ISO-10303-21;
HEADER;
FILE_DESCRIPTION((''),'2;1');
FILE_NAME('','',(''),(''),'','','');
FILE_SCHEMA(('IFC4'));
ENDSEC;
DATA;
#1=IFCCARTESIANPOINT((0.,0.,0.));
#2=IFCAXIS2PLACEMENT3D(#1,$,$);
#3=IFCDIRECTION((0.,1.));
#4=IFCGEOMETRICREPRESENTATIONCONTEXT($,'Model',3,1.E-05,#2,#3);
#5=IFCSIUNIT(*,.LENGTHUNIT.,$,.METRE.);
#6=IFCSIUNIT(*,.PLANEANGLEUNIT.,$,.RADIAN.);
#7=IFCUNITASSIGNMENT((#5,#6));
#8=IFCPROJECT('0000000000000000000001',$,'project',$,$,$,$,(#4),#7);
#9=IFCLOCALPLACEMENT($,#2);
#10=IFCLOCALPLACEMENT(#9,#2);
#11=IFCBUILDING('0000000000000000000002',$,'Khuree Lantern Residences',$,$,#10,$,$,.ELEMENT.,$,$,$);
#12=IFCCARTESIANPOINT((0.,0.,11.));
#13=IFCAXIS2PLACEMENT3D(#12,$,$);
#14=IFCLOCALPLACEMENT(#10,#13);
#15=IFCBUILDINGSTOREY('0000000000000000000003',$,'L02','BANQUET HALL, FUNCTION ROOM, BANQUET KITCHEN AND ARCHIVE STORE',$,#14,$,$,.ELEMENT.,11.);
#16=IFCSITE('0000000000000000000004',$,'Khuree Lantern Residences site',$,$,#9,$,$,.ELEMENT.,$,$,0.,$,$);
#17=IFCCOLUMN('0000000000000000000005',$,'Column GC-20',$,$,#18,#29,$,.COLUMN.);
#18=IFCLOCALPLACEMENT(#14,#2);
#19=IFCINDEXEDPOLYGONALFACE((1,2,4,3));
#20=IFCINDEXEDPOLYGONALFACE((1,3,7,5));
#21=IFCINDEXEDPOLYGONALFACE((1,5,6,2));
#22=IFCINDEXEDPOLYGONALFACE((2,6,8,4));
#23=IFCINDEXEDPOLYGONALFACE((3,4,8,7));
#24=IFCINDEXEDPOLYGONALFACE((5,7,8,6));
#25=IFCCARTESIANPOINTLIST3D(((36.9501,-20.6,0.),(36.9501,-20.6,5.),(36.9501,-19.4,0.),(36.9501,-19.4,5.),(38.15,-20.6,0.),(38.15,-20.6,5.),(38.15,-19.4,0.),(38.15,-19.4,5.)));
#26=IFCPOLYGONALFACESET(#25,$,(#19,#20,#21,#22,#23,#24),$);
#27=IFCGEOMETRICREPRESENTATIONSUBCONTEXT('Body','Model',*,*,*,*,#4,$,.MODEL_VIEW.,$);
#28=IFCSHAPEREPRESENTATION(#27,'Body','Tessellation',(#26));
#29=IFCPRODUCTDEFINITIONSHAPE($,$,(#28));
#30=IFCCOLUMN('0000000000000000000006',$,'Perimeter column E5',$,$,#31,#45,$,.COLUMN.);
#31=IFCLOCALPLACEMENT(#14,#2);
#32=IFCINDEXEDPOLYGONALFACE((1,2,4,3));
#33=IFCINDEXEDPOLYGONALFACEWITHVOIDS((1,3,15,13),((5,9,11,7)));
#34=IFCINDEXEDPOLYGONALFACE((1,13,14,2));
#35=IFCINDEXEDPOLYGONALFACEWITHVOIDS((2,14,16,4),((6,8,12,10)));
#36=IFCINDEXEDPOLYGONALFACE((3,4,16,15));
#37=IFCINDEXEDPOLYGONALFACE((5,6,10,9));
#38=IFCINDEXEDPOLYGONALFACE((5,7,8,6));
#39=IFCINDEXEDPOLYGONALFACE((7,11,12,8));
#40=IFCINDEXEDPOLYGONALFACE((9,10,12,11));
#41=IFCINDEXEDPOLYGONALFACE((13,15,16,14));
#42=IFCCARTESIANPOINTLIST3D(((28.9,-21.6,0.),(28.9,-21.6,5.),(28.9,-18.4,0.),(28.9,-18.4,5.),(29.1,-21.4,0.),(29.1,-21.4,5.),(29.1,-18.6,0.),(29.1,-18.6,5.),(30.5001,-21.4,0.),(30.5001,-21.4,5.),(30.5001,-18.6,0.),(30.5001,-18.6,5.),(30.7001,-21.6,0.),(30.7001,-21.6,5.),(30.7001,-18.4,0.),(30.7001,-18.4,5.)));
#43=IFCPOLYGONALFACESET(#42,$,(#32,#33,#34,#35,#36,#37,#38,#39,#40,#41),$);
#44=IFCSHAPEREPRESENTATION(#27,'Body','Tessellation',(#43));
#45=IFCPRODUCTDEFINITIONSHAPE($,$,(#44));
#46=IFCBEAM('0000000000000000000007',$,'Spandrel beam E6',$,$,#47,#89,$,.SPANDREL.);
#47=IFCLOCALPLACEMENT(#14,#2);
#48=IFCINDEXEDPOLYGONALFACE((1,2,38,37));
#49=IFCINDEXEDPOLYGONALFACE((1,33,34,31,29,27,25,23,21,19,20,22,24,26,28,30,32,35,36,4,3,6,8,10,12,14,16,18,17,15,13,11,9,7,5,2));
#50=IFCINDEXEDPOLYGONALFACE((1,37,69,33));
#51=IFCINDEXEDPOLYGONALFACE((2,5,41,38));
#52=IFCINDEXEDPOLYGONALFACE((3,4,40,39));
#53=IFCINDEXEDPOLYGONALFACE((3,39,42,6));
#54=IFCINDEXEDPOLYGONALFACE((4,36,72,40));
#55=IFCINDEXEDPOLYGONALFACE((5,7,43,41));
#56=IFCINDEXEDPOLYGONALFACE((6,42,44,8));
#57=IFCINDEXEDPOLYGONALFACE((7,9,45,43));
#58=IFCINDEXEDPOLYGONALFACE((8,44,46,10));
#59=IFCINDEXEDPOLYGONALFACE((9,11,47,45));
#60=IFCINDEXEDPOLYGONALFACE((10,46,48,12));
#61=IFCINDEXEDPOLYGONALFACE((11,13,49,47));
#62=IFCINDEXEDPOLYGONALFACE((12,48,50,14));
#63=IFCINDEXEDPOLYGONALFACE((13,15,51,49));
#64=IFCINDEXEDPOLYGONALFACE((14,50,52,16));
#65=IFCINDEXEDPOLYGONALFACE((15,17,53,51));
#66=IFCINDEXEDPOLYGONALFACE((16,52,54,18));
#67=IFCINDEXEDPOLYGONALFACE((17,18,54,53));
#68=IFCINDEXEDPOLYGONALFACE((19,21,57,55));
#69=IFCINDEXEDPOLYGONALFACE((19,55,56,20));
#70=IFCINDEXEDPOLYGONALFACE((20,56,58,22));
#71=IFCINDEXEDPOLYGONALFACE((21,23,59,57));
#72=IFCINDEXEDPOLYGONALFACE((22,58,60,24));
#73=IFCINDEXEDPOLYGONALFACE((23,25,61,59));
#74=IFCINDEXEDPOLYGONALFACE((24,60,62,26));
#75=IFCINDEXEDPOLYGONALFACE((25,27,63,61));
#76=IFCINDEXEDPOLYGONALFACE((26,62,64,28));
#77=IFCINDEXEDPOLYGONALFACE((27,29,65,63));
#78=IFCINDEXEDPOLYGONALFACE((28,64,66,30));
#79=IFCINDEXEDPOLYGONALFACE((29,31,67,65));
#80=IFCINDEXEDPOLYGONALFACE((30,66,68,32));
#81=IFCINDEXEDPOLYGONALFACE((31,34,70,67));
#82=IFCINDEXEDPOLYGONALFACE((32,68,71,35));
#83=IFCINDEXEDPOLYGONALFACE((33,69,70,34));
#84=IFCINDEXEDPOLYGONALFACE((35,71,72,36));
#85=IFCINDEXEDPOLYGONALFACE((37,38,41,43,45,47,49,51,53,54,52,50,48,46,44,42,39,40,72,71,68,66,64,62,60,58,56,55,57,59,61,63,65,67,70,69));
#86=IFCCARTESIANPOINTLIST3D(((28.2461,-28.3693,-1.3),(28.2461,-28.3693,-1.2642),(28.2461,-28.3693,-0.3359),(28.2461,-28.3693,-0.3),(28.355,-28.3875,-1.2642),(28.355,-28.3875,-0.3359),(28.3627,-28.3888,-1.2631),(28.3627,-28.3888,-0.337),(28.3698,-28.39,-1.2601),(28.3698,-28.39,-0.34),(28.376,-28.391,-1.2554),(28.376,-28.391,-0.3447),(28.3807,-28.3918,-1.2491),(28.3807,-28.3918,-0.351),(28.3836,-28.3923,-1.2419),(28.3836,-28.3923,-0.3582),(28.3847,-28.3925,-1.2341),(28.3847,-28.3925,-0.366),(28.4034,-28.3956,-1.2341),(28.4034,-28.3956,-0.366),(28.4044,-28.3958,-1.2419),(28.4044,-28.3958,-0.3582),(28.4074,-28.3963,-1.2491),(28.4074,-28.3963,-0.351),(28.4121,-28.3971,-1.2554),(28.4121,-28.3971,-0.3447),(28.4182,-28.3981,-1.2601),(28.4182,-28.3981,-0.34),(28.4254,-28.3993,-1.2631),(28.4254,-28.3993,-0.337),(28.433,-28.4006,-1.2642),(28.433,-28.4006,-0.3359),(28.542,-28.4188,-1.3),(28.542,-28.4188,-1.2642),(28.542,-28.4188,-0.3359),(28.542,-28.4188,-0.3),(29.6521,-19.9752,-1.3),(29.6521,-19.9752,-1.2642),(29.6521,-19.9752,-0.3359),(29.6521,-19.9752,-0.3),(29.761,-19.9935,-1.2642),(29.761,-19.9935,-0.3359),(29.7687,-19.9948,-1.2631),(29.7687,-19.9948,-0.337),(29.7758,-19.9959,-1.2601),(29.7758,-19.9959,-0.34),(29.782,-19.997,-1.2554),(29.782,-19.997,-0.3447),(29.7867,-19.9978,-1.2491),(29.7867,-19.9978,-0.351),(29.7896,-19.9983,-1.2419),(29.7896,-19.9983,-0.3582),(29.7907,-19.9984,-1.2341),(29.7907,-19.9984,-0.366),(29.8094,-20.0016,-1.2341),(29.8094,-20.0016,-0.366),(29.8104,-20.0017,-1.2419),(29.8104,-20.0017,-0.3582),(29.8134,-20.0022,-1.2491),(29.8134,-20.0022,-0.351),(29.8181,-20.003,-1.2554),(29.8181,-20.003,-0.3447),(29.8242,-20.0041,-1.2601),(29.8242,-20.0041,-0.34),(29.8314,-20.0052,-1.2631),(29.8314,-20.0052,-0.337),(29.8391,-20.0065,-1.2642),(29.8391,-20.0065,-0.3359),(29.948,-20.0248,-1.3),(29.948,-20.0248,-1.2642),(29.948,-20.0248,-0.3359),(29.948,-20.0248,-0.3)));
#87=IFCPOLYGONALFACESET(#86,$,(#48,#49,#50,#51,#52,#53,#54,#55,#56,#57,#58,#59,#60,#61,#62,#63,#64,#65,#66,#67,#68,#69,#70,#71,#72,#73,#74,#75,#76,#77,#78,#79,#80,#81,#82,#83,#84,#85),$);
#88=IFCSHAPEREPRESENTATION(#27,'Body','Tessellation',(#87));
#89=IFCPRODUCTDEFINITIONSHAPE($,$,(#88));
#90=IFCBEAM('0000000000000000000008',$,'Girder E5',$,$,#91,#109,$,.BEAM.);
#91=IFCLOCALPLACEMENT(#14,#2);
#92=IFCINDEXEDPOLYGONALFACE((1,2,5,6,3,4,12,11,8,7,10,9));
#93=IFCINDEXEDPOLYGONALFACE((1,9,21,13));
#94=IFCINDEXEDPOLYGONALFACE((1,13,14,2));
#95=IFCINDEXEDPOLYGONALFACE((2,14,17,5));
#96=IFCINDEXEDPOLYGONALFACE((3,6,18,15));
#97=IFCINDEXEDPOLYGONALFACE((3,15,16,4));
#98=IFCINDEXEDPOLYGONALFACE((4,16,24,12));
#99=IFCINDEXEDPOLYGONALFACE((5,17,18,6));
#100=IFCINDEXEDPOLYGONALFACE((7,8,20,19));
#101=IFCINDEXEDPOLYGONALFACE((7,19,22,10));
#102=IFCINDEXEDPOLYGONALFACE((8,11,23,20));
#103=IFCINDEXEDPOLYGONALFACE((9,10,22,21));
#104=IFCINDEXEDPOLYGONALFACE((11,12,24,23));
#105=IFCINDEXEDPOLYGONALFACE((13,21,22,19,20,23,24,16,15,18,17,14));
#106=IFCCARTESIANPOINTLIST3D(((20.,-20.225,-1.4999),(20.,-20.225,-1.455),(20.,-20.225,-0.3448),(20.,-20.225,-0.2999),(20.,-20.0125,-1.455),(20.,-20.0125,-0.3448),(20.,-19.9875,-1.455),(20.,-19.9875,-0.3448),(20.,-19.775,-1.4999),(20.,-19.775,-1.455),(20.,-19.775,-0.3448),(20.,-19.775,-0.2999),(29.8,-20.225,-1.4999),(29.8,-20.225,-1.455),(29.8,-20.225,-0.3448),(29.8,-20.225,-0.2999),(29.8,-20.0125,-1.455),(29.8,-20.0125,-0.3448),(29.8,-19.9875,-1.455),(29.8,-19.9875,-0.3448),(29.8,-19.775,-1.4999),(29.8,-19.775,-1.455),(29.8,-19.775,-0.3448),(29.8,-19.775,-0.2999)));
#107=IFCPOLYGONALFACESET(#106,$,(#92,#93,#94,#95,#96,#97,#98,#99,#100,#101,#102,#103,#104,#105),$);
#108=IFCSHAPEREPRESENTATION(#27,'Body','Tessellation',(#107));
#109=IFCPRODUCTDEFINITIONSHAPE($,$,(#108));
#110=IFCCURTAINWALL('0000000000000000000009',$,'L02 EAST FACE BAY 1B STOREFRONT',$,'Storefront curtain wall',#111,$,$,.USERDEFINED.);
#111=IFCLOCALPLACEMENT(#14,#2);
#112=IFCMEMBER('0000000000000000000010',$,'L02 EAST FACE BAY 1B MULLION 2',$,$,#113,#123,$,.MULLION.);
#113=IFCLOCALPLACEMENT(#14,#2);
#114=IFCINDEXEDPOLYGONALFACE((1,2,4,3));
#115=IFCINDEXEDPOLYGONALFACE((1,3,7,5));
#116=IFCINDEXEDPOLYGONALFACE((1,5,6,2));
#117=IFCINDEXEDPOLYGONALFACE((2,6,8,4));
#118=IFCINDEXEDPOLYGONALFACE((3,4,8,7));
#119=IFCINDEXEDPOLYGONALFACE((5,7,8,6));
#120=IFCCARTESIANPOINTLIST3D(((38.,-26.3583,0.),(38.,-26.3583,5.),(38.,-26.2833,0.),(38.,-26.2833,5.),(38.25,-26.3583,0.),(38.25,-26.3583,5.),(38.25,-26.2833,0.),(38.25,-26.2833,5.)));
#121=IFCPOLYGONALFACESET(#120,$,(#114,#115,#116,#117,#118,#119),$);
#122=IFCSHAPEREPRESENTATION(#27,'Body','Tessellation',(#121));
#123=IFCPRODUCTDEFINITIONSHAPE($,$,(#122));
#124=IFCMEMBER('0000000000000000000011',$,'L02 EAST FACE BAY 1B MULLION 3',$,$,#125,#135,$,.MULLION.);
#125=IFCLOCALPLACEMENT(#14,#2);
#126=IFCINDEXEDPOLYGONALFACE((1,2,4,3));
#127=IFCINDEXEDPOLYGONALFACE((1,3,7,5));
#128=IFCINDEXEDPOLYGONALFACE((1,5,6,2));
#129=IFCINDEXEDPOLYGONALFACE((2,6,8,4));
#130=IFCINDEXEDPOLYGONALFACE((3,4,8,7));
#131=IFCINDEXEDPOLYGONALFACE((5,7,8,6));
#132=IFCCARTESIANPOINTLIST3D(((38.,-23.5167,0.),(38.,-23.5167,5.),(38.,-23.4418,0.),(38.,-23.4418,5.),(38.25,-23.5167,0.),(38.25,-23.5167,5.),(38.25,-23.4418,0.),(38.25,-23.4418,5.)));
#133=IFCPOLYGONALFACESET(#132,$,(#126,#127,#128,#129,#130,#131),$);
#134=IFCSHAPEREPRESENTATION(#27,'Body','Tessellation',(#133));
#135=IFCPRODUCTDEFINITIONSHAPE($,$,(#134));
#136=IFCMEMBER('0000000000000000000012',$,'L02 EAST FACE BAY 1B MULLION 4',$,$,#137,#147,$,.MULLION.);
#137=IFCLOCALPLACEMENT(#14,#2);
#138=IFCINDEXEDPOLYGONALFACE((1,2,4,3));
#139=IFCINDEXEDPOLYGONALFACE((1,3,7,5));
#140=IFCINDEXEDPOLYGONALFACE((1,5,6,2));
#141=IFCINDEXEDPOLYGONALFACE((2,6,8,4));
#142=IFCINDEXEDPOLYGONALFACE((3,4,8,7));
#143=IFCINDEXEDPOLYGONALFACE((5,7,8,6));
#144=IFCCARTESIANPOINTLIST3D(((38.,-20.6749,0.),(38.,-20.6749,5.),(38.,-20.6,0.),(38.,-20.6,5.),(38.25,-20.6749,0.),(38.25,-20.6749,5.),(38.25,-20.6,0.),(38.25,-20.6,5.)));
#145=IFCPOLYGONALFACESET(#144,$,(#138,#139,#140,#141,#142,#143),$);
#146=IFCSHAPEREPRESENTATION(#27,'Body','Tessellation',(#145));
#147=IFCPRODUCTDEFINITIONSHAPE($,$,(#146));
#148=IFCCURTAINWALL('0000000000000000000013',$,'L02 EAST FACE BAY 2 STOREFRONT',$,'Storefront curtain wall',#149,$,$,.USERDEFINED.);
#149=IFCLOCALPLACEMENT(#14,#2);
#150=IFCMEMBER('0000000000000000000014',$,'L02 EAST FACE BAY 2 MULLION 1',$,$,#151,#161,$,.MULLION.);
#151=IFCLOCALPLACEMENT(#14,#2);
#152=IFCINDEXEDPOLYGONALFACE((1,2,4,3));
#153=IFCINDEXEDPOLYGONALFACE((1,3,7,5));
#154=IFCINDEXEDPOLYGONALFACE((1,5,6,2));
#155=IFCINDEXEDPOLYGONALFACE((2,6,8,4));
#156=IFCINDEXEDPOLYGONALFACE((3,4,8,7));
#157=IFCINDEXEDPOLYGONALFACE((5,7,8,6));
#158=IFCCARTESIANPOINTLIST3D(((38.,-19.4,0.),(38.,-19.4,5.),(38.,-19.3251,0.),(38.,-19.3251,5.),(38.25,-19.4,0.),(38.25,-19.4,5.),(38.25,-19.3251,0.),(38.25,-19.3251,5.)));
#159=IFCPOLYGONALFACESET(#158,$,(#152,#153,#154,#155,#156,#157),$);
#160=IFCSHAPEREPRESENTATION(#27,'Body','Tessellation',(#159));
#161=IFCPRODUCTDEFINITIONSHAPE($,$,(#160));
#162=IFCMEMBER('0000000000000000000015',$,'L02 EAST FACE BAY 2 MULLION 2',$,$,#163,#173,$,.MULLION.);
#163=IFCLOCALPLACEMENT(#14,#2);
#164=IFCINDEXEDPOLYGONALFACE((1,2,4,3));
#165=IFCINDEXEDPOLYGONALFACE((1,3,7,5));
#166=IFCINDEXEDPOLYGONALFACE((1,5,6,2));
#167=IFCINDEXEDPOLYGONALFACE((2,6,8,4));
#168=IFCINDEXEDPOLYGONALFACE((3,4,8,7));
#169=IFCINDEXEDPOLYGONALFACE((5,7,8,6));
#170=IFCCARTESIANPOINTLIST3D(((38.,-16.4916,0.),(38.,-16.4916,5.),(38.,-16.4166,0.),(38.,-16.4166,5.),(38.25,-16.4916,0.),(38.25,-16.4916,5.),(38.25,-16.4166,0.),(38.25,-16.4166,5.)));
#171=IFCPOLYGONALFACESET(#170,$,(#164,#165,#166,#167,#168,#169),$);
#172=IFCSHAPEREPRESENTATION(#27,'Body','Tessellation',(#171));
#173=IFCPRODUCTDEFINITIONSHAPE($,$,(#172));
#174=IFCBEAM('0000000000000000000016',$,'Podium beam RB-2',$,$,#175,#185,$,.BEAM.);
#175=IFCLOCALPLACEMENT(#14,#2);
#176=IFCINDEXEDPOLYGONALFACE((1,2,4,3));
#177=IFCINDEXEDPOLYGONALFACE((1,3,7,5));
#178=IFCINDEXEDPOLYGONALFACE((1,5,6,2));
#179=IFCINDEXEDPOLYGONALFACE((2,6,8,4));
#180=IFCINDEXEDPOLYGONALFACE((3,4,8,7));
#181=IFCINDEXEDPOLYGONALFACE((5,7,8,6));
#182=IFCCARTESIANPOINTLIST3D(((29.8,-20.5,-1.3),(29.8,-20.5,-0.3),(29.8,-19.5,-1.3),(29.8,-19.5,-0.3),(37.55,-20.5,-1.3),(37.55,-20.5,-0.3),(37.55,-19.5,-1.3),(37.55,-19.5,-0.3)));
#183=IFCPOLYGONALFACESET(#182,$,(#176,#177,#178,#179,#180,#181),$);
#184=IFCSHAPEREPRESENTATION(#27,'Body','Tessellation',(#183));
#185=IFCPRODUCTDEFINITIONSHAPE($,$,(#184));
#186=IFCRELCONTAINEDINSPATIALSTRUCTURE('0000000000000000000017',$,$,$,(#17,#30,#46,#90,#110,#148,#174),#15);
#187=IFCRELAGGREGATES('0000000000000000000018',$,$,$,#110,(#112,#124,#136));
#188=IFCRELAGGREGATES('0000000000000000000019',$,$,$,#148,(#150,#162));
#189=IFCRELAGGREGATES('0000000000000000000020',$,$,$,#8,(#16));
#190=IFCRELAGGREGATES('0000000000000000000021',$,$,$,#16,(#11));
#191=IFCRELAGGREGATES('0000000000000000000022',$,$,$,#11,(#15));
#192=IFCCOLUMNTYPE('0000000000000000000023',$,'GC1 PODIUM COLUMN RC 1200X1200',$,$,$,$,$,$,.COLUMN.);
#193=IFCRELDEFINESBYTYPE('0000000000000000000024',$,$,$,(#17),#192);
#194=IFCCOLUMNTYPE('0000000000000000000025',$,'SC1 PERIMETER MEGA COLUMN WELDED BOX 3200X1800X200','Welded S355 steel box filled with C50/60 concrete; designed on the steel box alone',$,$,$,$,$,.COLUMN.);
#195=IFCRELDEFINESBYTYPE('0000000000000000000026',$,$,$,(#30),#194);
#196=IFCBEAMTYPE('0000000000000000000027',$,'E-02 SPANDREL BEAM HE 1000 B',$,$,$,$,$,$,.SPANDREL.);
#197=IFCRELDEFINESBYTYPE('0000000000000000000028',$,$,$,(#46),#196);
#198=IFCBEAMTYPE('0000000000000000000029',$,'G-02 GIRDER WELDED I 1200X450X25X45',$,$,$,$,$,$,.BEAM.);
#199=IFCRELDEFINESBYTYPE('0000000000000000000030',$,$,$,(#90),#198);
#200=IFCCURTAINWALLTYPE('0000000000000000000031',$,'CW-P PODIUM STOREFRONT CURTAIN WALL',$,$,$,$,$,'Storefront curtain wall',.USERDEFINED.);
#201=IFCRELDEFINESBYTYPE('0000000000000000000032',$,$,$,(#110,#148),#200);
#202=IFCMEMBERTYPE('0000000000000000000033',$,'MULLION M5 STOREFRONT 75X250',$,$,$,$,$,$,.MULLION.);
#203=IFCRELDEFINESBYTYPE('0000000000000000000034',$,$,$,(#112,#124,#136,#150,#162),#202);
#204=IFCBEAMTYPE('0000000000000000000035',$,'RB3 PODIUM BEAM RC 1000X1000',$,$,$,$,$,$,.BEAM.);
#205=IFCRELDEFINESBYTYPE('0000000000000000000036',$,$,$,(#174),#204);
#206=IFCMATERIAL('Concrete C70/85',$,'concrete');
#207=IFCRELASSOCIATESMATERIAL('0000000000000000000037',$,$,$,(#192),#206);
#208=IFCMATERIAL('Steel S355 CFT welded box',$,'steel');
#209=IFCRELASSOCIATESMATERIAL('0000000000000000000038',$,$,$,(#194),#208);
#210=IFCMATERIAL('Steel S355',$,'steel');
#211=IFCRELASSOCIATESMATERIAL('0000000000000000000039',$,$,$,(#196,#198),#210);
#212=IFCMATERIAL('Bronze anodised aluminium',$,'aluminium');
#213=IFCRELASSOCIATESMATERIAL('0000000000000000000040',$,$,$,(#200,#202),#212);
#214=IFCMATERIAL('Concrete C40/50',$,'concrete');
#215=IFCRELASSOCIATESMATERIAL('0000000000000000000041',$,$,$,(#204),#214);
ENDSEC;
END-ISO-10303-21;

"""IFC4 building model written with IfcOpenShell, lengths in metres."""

from ifc_helpers import new_model, si_unit, direction, frame, origin, origin_2d, place, context, subcontext, project, spatial, rectangle, hollow_rectangle, i_section, extrude, material, material_profile, profile_set, type_object, element, aggregate, save


model = new_model("IFC4")

# Units and contexts
model_context = context("Model", 3, precision=1e-05, world=origin(), true_north=direction((0.0, 1.0)))
body_context = subcontext(model_context, "Body", "Model", "MODEL_VIEW")
ifc_project = project(units=[si_unit("LENGTHUNIT", "METRE"), si_unit("PLANEANGLEUNIT", "RADIAN")], contexts=[model_context])

# Site, building, storey
site_placement = place(None, origin())
site = spatial("IfcSite", under=ifc_project, at=site_placement, Name="Khuree Lantern Residences site", CompositionType="ELEMENT", RefElevation=0.0)
building_placement = place(site_placement, origin())
building = spatial("IfcBuilding", under=site, at=building_placement, Name="Khuree Lantern Residences", CompositionType="ELEMENT")
storey_placement = place(building_placement, frame((0.0, 0.0, 11.0)))
storey = spatial("IfcBuildingStorey", under=building, at=storey_placement, Name="L02", Description="BANQUET HALL, FUNCTION ROOM, BANQUET KITCHEN AND ARCHIVE STORE", CompositionType="ELEMENT", Elevation=11.0)

# Columns
ifc_material_1 = material(Name="Concrete C70/85", Category="concrete")
ifc_material_profile_1 = material_profile(ifc_material_1, rectangle(XDim=1.2, YDim=1.2, at=origin_2d()), Name="RC 1200X1200")
ifc_profile_set_1 = profile_set([ifc_material_profile_1], Name="Concrete C70/85")
column_type_1 = type_object("IfcColumnType", Name="GC1 PODIUM COLUMN RC 1200X1200", PredefinedType="COLUMN", material=ifc_profile_set_1)
column_1_placement = place(storey_placement, frame((37.55, -20.0, 0.0), z_axis=(0.0, 0.0, 1.0), x_axis=(1.0, 0.0, 0.0)))
element("IfcColumn", 1, at=column_1_placement, inside=storey, type_object=column_type_1, Name="Column GC-20", PredefinedType="COLUMN", context=body_context, shape_type="SweptSolid", body=[
    extrude(rectangle(XDim=1.2, YDim=1.2, at=origin_2d()), origin(), (0.0, 0.0, 1.0), 5.0),
])
ifc_material_2 = material(Name="Steel S355 CFT welded box", Category="steel")
ifc_material_profile_2 = material_profile(ifc_material_2, hollow_rectangle(XDim=3.2, YDim=1.8, WallThickness=0.2, at=origin_2d()), Name="WELDED BOX 3200X1800X200")
ifc_profile_set_2 = profile_set([ifc_material_profile_2], Name="Steel S355 CFT welded box")
column_type_2 = type_object("IfcColumnType", Name="SC1 PERIMETER MEGA COLUMN WELDED BOX 3200X1800X200", Description="Welded S355 steel box filled with C50/60 concrete; designed on the steel box alone", PredefinedType="COLUMN", material=ifc_profile_set_2)
column_2_placement = place(storey_placement, frame((29.8, -20.0, 0.0), z_axis=(0.0, 0.0, 1.0), x_axis=(0.0, 1.0, 0.0)))
element("IfcColumn", 2, at=column_2_placement, inside=storey, type_object=column_type_2, Name="Perimeter column E5", PredefinedType="COLUMN", context=body_context, shape_type="SweptSolid", body=[
    extrude(hollow_rectangle(XDim=3.2, YDim=1.8, WallThickness=0.2, at=origin_2d()), origin(), (0.0, 0.0, 1.0), 5.0),
])

# Beams
ifc_material_3 = material(Name="Steel S355", Category="steel")
ifc_material_profile_3 = material_profile(ifc_material_3, i_section(OverallWidth=0.3, OverallDepth=1.0, WebThickness=0.019, FlangeThickness=0.0359, FilletRadius=0.03, at=origin_2d()), Name="HE 1000 B")
ifc_profile_set_3 = profile_set([ifc_material_profile_3], Name="Steel S355")
beam_type_1 = type_object("IfcBeamType", Name="E-02 SPANDREL BEAM HE 1000 B", PredefinedType="SPANDREL", material=ifc_profile_set_3)
beam_1_placement = place(storey_placement, frame((29.8, -20.0, -0.8), z_axis=(-0.165199, -0.98626, 0.0), x_axis=(0.98626, -0.165199, 0.0)))
element("IfcBeam", 3, at=beam_1_placement, inside=storey, type_object=beam_type_1, Name="Spandrel beam E6", PredefinedType="SPANDREL", context=body_context, shape_type="SweptSolid", body=[
    extrude(i_section(OverallWidth=0.3, OverallDepth=1.0, WebThickness=0.019, FlangeThickness=0.0359, FilletRadius=0.03, at=origin_2d()), origin(), (0.0, 0.0, 1.0), 8.511),
])
ifc_material_profile_4 = material_profile(ifc_material_3, i_section(OverallWidth=0.45, OverallDepth=1.2, WebThickness=0.0249, FlangeThickness=0.0449, at=origin_2d()), Name="WELDED I 1200X450X25X45")
ifc_profile_set_4 = profile_set([ifc_material_profile_4], Name="Steel S355")
beam_type_2 = type_object("IfcBeamType", Name="G-02 GIRDER WELDED I 1200X450X25X45", PredefinedType="BEAM", material=ifc_profile_set_4)
beam_2_placement = place(storey_placement, frame((29.8, -20.0, -0.8999), z_axis=(-1.0, 0.0, 0.0), x_axis=(0.0, -1.0, 0.0)))
element("IfcBeam", 4, at=beam_2_placement, inside=storey, type_object=beam_type_2, Name="Girder E5", PredefinedType="BEAM", context=body_context, shape_type="SweptSolid", body=[
    extrude(i_section(OverallWidth=0.45, OverallDepth=1.2, WebThickness=0.0249, FlangeThickness=0.0449, at=origin_2d()), origin(), (0.0, 0.0, 1.0), 9.8),
])

# Curtain walls, members
ifc_material_4 = material(Name="Bronze anodised aluminium", Category="aluminium")
curtain_wall_type = type_object("IfcCurtainWallType", Name="CW-P PODIUM STOREFRONT CURTAIN WALL", ElementType="Storefront curtain wall", PredefinedType="USERDEFINED", material=ifc_material_4)
curtain_wall_1_placement = place(storey_placement, origin())
curtain_wall_1 = element("IfcCurtainWall", 5, at=curtain_wall_1_placement, inside=storey, type_object=curtain_wall_type, Name="L02 EAST FACE BAY 1B STOREFRONT", ObjectType="Storefront curtain wall", PredefinedType="USERDEFINED")
ifc_material_profile_5 = material_profile(ifc_material_4, rectangle(XDim=0.075, YDim=0.25, at=origin_2d()), Name="M5 75X250")
ifc_profile_set_5 = profile_set([ifc_material_profile_5], Name="Bronze anodised aluminium")
member_type_1 = type_object("IfcMemberType", Name="MULLION M5 STOREFRONT 75X250", PredefinedType="MULLION", material=ifc_profile_set_5)
member_1_placement = place(storey_placement, frame((38.125, -26.3208, 0.0), z_axis=(0.0, 0.0, 1.0), x_axis=(0.0, 1.0, 0.0)))
member_1 = element("IfcMember", 6, at=member_1_placement, type_object=member_type_1, Name="L02 EAST FACE BAY 1B MULLION 2", PredefinedType="MULLION", context=body_context, shape_type="SweptSolid", body=[
    extrude(rectangle(XDim=0.075, YDim=0.25, at=origin_2d()), origin(), (0.0, 0.0, 1.0), 5.0),
])
member_2_placement = place(storey_placement, frame((38.125, -23.4792, 0.0), z_axis=(0.0, 0.0, 1.0), x_axis=(0.0, 1.0, 0.0)))
member_2 = element("IfcMember", 7, at=member_2_placement, type_object=member_type_1, Name="L02 EAST FACE BAY 1B MULLION 3", PredefinedType="MULLION", context=body_context, shape_type="SweptSolid", body=[
    extrude(rectangle(XDim=0.075, YDim=0.25, at=origin_2d()), origin(), (0.0, 0.0, 1.0), 5.0),
])
member_3_placement = place(storey_placement, frame((38.125, -20.6375, 0.0), z_axis=(0.0, 0.0, 1.0), x_axis=(0.0, 1.0, 0.0)))
member_3 = element("IfcMember", 8, at=member_3_placement, type_object=member_type_1, Name="L02 EAST FACE BAY 1B MULLION 4", PredefinedType="MULLION", context=body_context, shape_type="SweptSolid", body=[
    extrude(rectangle(XDim=0.075, YDim=0.25, at=origin_2d()), origin(), (0.0, 0.0, 1.0), 5.0),
])
curtain_wall_2_placement = place(storey_placement, origin())
curtain_wall_2 = element("IfcCurtainWall", 9, at=curtain_wall_2_placement, inside=storey, type_object=curtain_wall_type, Name="L02 EAST FACE BAY 2 STOREFRONT", ObjectType="Storefront curtain wall", PredefinedType="USERDEFINED")
member_4_placement = place(storey_placement, frame((38.125, -19.3625, 0.0), z_axis=(0.0, 0.0, 1.0), x_axis=(0.0, 1.0, 0.0)))
member_4 = element("IfcMember", 10, at=member_4_placement, type_object=member_type_1, Name="L02 EAST FACE BAY 2 MULLION 1", PredefinedType="MULLION", context=body_context, shape_type="SweptSolid", body=[
    extrude(rectangle(XDim=0.075, YDim=0.25, at=origin_2d()), origin(), (0.0, 0.0, 1.0), 5.0),
])
member_5_placement = place(storey_placement, frame((38.125, -16.4541, 0.0), z_axis=(0.0, 0.0, 1.0), x_axis=(0.0, 1.0, 0.0)))
member_5 = element("IfcMember", 11, at=member_5_placement, type_object=member_type_1, Name="L02 EAST FACE BAY 2 MULLION 2", PredefinedType="MULLION", context=body_context, shape_type="SweptSolid", body=[
    extrude(rectangle(XDim=0.075, YDim=0.25, at=origin_2d()), origin(), (0.0, 0.0, 1.0), 5.0),
])

# Beam
ifc_material_5 = material(Name="Concrete C40/50", Category="concrete")
ifc_material_profile_6 = material_profile(ifc_material_5, rectangle(XDim=1.0, YDim=1.0, at=origin_2d()), Name="RC 1000X1000")
ifc_profile_set_6 = profile_set([ifc_material_profile_6], Name="Concrete C40/50")
beam_type_3 = type_object("IfcBeamType", Name="RB3 PODIUM BEAM RC 1000X1000", PredefinedType="BEAM", material=ifc_profile_set_6)
beam_3_placement = place(storey_placement, frame((29.8, -20.0, -0.8), z_axis=(1.0, 0.0, 0.0), x_axis=(0.0, 1.0, 0.0)))
element("IfcBeam", 12, at=beam_3_placement, inside=storey, type_object=beam_type_3, Name="Podium beam RB-2", PredefinedType="BEAM", context=body_context, shape_type="SweptSolid", body=[
    extrude(rectangle(XDim=1.0, YDim=1.0, at=origin_2d()), origin(), (0.0, 0.0, 1.0), 7.75),
])

aggregate(curtain_wall_1, [member_1, member_2, member_3])
aggregate(curtain_wall_2, [member_4, member_5])

save(model, "model.ifc")
